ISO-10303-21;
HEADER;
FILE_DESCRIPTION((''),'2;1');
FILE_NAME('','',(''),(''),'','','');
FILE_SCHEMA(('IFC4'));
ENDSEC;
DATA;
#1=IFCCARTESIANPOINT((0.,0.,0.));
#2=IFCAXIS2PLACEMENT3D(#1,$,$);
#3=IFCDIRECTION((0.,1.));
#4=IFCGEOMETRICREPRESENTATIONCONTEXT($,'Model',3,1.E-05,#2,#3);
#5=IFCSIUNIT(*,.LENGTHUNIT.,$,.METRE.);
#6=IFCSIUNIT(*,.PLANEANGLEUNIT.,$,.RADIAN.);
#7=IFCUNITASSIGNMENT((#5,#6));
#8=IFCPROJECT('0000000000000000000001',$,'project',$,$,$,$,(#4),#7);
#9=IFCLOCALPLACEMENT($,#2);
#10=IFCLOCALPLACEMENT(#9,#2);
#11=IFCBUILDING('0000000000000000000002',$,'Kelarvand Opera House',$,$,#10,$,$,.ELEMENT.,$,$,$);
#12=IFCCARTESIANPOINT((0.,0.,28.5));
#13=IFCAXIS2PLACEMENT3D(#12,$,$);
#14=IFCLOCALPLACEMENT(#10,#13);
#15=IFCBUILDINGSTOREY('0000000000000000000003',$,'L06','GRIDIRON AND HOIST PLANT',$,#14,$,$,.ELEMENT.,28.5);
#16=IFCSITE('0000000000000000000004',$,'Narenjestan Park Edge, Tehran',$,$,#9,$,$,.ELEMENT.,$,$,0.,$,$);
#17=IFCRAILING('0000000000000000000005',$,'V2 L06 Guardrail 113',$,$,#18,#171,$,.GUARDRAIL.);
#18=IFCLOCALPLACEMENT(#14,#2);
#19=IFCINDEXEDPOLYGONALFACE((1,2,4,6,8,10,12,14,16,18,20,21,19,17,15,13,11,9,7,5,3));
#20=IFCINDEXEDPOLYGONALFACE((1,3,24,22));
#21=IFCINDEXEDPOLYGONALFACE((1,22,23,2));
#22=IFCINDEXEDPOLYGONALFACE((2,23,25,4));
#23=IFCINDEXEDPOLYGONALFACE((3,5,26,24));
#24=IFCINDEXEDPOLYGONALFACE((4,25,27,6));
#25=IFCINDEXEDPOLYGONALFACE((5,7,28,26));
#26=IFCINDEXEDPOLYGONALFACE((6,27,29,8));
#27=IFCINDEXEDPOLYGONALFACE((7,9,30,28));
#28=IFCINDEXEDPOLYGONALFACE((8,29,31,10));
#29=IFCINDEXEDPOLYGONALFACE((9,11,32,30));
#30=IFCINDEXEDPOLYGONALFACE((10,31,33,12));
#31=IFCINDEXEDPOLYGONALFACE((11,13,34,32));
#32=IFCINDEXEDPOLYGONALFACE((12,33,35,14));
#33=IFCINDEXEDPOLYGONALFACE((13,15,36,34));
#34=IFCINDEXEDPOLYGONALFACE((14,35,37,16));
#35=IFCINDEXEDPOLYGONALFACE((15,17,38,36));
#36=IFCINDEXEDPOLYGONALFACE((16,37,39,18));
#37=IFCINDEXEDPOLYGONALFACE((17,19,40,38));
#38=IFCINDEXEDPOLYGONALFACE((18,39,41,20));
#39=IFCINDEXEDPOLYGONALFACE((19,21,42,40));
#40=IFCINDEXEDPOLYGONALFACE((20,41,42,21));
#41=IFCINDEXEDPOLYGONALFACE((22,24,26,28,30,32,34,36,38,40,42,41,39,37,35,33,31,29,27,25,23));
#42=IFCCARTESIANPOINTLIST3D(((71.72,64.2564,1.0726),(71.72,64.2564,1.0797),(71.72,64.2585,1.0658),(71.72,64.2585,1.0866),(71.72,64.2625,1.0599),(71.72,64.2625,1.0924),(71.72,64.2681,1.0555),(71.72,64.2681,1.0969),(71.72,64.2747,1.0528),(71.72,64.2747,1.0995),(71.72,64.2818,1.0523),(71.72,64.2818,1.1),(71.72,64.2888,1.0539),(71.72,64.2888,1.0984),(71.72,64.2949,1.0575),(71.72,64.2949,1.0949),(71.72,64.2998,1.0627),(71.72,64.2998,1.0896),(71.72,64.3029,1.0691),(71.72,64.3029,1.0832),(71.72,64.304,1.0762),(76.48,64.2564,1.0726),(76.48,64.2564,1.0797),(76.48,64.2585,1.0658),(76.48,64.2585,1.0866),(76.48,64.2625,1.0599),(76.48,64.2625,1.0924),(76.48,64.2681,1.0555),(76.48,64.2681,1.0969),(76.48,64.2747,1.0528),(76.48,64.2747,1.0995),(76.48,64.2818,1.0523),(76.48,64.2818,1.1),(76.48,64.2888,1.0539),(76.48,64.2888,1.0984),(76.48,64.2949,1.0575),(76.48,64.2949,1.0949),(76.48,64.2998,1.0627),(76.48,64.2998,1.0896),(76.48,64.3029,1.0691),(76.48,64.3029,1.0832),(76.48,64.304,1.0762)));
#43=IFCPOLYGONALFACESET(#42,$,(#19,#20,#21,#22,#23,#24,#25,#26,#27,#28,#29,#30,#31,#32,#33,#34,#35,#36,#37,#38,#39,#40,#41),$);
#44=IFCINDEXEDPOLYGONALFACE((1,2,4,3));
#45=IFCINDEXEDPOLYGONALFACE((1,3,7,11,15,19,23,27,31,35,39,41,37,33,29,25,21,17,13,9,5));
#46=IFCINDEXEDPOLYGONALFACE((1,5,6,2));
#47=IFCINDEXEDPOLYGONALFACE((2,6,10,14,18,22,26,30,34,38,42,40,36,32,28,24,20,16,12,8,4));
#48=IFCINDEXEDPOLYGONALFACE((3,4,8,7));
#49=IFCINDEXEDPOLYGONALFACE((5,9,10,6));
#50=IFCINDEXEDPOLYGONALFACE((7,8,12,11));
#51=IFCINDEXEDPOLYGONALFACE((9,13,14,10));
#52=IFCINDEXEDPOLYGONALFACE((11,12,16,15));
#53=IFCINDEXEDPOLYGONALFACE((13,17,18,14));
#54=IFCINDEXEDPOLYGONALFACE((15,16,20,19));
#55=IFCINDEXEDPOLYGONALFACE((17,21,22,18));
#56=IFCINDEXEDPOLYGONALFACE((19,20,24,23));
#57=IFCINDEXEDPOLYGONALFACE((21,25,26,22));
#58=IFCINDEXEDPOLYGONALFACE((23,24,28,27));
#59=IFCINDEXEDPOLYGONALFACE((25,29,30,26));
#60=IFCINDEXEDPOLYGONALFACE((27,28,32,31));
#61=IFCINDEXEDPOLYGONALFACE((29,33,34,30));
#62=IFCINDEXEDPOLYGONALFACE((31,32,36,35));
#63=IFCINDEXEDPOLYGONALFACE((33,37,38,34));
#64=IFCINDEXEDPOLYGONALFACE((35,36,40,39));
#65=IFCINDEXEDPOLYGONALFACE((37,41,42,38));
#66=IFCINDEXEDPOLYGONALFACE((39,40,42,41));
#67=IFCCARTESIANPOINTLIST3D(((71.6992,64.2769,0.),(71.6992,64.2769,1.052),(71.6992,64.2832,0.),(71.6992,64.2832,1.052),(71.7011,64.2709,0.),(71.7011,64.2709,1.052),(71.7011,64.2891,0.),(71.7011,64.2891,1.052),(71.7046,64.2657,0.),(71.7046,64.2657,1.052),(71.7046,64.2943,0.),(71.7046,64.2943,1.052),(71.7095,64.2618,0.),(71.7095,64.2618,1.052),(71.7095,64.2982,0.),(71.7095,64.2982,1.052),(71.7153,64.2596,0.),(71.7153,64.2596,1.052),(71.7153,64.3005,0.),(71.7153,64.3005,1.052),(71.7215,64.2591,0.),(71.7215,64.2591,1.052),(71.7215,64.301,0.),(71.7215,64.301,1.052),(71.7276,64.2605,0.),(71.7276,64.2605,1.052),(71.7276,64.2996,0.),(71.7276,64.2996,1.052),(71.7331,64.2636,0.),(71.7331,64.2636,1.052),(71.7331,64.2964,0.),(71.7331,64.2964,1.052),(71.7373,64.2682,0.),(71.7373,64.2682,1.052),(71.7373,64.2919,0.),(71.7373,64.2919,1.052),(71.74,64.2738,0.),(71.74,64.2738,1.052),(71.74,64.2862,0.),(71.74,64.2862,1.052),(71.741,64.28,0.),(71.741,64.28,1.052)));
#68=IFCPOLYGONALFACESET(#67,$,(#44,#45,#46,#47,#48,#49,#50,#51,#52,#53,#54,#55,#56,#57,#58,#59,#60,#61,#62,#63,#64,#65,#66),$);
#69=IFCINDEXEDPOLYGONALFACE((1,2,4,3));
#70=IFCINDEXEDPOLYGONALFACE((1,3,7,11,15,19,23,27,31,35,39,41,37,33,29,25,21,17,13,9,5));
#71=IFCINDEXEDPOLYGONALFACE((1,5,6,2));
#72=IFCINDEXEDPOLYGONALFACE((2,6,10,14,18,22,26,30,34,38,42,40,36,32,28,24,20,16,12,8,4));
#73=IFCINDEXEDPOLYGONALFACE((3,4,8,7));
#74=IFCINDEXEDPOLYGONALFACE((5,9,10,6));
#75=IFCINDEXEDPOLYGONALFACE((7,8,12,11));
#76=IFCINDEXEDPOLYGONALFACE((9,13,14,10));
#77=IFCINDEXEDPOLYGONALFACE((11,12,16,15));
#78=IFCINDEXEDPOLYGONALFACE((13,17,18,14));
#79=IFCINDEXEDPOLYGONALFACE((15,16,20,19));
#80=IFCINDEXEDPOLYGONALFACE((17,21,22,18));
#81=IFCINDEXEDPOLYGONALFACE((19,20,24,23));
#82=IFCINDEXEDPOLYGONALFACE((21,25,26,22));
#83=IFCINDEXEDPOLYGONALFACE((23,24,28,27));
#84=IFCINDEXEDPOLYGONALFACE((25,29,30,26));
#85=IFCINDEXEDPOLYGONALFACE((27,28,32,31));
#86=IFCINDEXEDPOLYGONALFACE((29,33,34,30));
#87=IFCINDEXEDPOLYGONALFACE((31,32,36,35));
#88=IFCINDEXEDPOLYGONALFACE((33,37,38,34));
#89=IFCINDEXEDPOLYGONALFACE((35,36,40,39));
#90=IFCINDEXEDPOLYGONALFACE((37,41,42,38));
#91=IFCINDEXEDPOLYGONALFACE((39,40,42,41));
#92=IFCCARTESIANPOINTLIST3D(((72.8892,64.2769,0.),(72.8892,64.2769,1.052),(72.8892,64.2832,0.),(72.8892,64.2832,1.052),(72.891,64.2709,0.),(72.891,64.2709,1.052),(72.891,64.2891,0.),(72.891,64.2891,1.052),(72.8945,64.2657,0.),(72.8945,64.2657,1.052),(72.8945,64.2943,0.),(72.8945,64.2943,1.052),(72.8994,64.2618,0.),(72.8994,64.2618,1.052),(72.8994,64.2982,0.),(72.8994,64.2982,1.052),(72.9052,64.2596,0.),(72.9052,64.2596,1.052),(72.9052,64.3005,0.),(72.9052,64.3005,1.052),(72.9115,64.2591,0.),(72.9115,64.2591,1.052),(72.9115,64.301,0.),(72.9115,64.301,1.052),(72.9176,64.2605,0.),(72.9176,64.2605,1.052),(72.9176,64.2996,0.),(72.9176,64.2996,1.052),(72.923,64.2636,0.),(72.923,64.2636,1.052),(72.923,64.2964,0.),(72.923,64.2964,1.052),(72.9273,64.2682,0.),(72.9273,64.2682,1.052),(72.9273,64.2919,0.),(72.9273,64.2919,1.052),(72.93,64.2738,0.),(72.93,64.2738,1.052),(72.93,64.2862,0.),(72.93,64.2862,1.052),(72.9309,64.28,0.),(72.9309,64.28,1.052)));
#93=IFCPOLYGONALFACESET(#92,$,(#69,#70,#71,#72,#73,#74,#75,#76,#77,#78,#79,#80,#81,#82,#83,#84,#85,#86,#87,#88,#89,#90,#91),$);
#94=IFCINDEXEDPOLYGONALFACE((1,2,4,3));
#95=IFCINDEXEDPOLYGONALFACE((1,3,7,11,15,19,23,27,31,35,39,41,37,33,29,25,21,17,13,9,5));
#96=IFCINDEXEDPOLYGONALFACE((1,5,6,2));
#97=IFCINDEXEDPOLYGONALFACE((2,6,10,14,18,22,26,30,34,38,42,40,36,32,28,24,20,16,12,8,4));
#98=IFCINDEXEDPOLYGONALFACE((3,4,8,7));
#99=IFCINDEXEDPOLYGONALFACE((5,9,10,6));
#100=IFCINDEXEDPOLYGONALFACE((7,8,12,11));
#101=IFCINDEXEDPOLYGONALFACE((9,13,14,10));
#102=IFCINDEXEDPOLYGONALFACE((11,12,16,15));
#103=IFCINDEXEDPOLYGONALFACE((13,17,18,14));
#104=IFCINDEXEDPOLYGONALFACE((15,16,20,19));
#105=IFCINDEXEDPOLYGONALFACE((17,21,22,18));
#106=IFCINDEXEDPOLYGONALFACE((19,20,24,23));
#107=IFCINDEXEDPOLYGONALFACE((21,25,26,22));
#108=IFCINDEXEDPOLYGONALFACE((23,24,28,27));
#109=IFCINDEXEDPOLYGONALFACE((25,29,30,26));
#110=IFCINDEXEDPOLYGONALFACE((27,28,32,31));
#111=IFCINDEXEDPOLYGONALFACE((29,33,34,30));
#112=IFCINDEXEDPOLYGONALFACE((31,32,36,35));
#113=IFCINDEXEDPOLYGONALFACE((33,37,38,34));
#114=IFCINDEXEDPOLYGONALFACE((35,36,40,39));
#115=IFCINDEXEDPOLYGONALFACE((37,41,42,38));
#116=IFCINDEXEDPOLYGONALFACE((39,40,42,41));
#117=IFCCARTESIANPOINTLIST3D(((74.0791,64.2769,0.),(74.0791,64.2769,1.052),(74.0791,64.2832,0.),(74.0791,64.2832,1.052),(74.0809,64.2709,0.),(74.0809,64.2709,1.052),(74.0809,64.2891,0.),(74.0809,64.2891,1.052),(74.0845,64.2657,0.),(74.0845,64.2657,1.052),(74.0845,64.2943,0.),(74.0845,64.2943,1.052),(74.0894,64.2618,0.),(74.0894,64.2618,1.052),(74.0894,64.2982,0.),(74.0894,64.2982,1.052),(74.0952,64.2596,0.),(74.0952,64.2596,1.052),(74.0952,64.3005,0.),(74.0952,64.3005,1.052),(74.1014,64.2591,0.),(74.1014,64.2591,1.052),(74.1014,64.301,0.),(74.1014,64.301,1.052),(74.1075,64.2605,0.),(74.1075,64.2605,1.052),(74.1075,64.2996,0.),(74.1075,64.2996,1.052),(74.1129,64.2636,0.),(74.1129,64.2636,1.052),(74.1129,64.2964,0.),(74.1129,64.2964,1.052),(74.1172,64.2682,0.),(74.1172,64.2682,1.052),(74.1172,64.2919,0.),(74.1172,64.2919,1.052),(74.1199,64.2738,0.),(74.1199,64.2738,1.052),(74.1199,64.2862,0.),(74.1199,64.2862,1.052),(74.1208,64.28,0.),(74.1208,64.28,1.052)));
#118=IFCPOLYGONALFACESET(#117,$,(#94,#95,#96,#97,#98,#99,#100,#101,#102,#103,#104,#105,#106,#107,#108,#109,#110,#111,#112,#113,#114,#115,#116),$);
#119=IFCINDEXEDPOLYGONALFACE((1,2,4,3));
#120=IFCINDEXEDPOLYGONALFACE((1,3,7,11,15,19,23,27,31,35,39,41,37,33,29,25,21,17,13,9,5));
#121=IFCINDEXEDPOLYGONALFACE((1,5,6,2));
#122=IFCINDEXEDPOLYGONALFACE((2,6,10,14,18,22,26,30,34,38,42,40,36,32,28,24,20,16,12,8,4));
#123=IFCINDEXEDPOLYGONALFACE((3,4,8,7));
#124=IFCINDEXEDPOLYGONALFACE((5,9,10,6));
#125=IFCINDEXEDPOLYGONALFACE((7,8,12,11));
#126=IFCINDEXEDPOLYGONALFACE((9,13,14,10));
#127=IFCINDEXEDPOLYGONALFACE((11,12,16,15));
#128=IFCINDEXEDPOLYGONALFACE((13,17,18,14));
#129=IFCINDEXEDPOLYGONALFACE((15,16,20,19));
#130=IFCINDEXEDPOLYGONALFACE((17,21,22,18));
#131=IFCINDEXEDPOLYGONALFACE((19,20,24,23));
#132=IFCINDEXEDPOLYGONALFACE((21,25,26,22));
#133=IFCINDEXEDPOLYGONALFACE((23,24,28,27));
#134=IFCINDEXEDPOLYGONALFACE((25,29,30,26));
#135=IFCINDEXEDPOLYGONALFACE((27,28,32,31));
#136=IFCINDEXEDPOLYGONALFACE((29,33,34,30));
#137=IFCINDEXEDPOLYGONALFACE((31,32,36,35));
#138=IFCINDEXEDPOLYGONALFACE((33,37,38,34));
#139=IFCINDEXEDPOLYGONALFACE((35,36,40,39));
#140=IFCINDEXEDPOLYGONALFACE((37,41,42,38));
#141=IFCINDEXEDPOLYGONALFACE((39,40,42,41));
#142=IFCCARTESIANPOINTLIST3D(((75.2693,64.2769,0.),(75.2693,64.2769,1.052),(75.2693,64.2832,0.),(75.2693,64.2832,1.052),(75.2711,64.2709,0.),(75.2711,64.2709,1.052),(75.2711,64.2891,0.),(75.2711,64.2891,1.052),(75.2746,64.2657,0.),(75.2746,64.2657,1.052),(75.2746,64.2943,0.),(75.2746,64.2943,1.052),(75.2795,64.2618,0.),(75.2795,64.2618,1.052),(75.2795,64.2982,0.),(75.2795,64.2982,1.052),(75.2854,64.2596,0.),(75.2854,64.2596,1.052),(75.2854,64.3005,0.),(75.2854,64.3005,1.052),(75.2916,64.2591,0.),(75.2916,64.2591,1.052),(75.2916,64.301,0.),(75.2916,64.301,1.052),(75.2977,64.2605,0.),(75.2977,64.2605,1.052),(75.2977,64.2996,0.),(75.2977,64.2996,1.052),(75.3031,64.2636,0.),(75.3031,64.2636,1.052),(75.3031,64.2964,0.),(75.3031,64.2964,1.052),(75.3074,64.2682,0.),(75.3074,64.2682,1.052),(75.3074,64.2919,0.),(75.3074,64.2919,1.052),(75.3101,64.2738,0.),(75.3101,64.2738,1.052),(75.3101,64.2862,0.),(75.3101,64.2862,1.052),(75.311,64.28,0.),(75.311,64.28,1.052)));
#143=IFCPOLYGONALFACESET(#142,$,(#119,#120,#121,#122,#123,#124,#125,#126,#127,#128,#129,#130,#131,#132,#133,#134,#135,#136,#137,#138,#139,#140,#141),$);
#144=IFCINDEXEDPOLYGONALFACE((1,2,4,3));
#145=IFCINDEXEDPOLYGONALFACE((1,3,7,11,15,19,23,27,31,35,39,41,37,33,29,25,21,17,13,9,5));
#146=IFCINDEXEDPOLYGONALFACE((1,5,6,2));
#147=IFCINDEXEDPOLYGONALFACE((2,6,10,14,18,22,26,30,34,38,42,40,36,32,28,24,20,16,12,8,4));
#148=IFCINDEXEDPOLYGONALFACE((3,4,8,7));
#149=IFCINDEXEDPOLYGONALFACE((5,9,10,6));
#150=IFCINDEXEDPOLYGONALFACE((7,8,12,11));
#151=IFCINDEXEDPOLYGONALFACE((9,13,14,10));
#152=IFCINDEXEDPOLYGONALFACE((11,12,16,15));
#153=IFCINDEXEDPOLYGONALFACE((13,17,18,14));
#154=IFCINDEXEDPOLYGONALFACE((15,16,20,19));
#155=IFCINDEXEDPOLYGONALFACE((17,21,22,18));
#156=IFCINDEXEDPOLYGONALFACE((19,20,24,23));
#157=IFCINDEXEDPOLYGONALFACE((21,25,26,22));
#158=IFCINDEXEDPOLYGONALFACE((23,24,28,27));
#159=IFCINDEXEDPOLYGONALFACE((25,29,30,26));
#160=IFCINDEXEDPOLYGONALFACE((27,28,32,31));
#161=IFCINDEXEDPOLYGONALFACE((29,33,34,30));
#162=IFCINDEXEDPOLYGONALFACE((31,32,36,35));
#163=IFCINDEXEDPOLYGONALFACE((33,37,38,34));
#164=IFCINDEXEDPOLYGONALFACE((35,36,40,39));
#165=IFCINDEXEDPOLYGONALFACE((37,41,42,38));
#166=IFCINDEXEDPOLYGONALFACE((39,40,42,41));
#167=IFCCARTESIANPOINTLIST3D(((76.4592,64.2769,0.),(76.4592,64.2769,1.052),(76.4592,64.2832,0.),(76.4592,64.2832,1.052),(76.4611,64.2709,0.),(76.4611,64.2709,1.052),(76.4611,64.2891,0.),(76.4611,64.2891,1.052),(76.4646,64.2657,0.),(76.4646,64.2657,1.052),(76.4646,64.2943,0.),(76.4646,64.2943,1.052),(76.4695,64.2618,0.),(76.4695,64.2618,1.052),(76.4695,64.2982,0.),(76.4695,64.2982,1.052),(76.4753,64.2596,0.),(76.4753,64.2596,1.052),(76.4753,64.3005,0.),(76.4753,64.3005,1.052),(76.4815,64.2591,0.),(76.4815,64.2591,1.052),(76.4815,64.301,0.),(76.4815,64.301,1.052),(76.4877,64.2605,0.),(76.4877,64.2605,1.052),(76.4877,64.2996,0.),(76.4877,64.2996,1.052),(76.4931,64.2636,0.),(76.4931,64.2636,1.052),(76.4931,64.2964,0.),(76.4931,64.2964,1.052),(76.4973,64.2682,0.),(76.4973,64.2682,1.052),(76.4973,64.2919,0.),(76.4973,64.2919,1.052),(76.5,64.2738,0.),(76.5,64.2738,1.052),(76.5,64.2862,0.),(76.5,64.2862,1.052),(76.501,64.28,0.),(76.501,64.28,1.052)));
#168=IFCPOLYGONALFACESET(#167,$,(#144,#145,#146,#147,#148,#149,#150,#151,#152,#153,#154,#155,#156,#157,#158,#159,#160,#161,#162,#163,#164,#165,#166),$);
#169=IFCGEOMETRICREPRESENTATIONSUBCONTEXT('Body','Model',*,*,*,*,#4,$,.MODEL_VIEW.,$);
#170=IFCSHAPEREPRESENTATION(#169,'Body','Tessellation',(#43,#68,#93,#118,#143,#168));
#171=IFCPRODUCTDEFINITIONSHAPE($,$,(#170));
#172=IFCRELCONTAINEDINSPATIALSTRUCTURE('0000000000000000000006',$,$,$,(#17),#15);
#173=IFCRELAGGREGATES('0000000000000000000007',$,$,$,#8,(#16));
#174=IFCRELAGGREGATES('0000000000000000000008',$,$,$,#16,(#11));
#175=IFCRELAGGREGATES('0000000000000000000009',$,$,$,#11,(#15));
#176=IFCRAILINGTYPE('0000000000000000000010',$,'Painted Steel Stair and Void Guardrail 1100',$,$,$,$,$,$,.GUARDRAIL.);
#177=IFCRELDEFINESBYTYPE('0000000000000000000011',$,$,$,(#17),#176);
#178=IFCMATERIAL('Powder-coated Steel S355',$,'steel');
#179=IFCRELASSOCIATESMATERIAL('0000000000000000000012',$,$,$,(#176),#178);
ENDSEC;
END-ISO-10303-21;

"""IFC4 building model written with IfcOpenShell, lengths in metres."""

from ifc_helpers import new_model, si_unit, direction, frame, origin, origin_2d, place, context, subcontext, project, spatial, circle, extrude, material, type_object, element, save


model = new_model("IFC4")

# Units and contexts
model_context = context("Model", 3, precision=1e-05, world=origin(), true_north=direction((0.0, 1.0)))
body_context = subcontext(model_context, "Body", "Model", "MODEL_VIEW")
ifc_project = project(units=[si_unit("LENGTHUNIT", "METRE"), si_unit("PLANEANGLEUNIT", "RADIAN")], contexts=[model_context])

# Site, building, storey
site_placement = place(None, origin())
site = spatial("IfcSite", under=ifc_project, at=site_placement, Name="Narenjestan Park Edge, Tehran", CompositionType="ELEMENT", RefElevation=0.0)
building_placement = place(site_placement, origin())
building = spatial("IfcBuilding", under=site, at=building_placement, Name="Kelarvand Opera House", CompositionType="ELEMENT")
storey_placement = place(building_placement, frame((0.0, 0.0, 28.5)))
storey = spatial("IfcBuildingStorey", under=building, at=storey_placement, Name="L06", Description="GRIDIRON AND HOIST PLANT", CompositionType="ELEMENT", Elevation=28.5)

# Railing
ifc_material_1 = material(Name="Powder-coated Steel S355", Category="steel")
railing_type = type_object("IfcRailingType", Name="Painted Steel Stair and Void Guardrail 1100", PredefinedType="GUARDRAIL", material=ifc_material_1)
railing_1_placement = place(storey_placement, frame((71.72, 64.28, 0.0)))
element("IfcRailing", 1, at=railing_1_placement, inside=storey, type_object=railing_type, Name="V2 L06 Guardrail 113", PredefinedType="GUARDRAIL", context=body_context, shape_type="SweptSolid", body=[
    extrude(circle(Radius=0.0239, at=origin_2d()), frame((0.0, 0.0, 1.0762), z_axis=(1.0, 0.0, 0.0), x_axis=(0.0, 1.0, 0.0)), (0.0, 0.0, 1.0), 4.76),
    extrude(circle(Radius=0.021, at=origin_2d()), origin(), (0.0, 0.0, 1.0), 1.052),
    extrude(circle(Radius=0.021, at=origin_2d()), frame((1.1899, 0.0, 0.0)), (0.0, 0.0, 1.0), 1.052),
    extrude(circle(Radius=0.021, at=origin_2d()), frame((2.3799, 0.0, 0.0)), (0.0, 0.0, 1.0), 1.052),
    extrude(circle(Radius=0.021, at=origin_2d()), frame((3.5701, 0.0, 0.0)), (0.0, 0.0, 1.0), 1.052),
    extrude(circle(Radius=0.021, at=origin_2d()), frame((4.76, 0.0, 0.0)), (0.0, 0.0, 1.0), 1.052),
])

save(model, "model.ifc")
